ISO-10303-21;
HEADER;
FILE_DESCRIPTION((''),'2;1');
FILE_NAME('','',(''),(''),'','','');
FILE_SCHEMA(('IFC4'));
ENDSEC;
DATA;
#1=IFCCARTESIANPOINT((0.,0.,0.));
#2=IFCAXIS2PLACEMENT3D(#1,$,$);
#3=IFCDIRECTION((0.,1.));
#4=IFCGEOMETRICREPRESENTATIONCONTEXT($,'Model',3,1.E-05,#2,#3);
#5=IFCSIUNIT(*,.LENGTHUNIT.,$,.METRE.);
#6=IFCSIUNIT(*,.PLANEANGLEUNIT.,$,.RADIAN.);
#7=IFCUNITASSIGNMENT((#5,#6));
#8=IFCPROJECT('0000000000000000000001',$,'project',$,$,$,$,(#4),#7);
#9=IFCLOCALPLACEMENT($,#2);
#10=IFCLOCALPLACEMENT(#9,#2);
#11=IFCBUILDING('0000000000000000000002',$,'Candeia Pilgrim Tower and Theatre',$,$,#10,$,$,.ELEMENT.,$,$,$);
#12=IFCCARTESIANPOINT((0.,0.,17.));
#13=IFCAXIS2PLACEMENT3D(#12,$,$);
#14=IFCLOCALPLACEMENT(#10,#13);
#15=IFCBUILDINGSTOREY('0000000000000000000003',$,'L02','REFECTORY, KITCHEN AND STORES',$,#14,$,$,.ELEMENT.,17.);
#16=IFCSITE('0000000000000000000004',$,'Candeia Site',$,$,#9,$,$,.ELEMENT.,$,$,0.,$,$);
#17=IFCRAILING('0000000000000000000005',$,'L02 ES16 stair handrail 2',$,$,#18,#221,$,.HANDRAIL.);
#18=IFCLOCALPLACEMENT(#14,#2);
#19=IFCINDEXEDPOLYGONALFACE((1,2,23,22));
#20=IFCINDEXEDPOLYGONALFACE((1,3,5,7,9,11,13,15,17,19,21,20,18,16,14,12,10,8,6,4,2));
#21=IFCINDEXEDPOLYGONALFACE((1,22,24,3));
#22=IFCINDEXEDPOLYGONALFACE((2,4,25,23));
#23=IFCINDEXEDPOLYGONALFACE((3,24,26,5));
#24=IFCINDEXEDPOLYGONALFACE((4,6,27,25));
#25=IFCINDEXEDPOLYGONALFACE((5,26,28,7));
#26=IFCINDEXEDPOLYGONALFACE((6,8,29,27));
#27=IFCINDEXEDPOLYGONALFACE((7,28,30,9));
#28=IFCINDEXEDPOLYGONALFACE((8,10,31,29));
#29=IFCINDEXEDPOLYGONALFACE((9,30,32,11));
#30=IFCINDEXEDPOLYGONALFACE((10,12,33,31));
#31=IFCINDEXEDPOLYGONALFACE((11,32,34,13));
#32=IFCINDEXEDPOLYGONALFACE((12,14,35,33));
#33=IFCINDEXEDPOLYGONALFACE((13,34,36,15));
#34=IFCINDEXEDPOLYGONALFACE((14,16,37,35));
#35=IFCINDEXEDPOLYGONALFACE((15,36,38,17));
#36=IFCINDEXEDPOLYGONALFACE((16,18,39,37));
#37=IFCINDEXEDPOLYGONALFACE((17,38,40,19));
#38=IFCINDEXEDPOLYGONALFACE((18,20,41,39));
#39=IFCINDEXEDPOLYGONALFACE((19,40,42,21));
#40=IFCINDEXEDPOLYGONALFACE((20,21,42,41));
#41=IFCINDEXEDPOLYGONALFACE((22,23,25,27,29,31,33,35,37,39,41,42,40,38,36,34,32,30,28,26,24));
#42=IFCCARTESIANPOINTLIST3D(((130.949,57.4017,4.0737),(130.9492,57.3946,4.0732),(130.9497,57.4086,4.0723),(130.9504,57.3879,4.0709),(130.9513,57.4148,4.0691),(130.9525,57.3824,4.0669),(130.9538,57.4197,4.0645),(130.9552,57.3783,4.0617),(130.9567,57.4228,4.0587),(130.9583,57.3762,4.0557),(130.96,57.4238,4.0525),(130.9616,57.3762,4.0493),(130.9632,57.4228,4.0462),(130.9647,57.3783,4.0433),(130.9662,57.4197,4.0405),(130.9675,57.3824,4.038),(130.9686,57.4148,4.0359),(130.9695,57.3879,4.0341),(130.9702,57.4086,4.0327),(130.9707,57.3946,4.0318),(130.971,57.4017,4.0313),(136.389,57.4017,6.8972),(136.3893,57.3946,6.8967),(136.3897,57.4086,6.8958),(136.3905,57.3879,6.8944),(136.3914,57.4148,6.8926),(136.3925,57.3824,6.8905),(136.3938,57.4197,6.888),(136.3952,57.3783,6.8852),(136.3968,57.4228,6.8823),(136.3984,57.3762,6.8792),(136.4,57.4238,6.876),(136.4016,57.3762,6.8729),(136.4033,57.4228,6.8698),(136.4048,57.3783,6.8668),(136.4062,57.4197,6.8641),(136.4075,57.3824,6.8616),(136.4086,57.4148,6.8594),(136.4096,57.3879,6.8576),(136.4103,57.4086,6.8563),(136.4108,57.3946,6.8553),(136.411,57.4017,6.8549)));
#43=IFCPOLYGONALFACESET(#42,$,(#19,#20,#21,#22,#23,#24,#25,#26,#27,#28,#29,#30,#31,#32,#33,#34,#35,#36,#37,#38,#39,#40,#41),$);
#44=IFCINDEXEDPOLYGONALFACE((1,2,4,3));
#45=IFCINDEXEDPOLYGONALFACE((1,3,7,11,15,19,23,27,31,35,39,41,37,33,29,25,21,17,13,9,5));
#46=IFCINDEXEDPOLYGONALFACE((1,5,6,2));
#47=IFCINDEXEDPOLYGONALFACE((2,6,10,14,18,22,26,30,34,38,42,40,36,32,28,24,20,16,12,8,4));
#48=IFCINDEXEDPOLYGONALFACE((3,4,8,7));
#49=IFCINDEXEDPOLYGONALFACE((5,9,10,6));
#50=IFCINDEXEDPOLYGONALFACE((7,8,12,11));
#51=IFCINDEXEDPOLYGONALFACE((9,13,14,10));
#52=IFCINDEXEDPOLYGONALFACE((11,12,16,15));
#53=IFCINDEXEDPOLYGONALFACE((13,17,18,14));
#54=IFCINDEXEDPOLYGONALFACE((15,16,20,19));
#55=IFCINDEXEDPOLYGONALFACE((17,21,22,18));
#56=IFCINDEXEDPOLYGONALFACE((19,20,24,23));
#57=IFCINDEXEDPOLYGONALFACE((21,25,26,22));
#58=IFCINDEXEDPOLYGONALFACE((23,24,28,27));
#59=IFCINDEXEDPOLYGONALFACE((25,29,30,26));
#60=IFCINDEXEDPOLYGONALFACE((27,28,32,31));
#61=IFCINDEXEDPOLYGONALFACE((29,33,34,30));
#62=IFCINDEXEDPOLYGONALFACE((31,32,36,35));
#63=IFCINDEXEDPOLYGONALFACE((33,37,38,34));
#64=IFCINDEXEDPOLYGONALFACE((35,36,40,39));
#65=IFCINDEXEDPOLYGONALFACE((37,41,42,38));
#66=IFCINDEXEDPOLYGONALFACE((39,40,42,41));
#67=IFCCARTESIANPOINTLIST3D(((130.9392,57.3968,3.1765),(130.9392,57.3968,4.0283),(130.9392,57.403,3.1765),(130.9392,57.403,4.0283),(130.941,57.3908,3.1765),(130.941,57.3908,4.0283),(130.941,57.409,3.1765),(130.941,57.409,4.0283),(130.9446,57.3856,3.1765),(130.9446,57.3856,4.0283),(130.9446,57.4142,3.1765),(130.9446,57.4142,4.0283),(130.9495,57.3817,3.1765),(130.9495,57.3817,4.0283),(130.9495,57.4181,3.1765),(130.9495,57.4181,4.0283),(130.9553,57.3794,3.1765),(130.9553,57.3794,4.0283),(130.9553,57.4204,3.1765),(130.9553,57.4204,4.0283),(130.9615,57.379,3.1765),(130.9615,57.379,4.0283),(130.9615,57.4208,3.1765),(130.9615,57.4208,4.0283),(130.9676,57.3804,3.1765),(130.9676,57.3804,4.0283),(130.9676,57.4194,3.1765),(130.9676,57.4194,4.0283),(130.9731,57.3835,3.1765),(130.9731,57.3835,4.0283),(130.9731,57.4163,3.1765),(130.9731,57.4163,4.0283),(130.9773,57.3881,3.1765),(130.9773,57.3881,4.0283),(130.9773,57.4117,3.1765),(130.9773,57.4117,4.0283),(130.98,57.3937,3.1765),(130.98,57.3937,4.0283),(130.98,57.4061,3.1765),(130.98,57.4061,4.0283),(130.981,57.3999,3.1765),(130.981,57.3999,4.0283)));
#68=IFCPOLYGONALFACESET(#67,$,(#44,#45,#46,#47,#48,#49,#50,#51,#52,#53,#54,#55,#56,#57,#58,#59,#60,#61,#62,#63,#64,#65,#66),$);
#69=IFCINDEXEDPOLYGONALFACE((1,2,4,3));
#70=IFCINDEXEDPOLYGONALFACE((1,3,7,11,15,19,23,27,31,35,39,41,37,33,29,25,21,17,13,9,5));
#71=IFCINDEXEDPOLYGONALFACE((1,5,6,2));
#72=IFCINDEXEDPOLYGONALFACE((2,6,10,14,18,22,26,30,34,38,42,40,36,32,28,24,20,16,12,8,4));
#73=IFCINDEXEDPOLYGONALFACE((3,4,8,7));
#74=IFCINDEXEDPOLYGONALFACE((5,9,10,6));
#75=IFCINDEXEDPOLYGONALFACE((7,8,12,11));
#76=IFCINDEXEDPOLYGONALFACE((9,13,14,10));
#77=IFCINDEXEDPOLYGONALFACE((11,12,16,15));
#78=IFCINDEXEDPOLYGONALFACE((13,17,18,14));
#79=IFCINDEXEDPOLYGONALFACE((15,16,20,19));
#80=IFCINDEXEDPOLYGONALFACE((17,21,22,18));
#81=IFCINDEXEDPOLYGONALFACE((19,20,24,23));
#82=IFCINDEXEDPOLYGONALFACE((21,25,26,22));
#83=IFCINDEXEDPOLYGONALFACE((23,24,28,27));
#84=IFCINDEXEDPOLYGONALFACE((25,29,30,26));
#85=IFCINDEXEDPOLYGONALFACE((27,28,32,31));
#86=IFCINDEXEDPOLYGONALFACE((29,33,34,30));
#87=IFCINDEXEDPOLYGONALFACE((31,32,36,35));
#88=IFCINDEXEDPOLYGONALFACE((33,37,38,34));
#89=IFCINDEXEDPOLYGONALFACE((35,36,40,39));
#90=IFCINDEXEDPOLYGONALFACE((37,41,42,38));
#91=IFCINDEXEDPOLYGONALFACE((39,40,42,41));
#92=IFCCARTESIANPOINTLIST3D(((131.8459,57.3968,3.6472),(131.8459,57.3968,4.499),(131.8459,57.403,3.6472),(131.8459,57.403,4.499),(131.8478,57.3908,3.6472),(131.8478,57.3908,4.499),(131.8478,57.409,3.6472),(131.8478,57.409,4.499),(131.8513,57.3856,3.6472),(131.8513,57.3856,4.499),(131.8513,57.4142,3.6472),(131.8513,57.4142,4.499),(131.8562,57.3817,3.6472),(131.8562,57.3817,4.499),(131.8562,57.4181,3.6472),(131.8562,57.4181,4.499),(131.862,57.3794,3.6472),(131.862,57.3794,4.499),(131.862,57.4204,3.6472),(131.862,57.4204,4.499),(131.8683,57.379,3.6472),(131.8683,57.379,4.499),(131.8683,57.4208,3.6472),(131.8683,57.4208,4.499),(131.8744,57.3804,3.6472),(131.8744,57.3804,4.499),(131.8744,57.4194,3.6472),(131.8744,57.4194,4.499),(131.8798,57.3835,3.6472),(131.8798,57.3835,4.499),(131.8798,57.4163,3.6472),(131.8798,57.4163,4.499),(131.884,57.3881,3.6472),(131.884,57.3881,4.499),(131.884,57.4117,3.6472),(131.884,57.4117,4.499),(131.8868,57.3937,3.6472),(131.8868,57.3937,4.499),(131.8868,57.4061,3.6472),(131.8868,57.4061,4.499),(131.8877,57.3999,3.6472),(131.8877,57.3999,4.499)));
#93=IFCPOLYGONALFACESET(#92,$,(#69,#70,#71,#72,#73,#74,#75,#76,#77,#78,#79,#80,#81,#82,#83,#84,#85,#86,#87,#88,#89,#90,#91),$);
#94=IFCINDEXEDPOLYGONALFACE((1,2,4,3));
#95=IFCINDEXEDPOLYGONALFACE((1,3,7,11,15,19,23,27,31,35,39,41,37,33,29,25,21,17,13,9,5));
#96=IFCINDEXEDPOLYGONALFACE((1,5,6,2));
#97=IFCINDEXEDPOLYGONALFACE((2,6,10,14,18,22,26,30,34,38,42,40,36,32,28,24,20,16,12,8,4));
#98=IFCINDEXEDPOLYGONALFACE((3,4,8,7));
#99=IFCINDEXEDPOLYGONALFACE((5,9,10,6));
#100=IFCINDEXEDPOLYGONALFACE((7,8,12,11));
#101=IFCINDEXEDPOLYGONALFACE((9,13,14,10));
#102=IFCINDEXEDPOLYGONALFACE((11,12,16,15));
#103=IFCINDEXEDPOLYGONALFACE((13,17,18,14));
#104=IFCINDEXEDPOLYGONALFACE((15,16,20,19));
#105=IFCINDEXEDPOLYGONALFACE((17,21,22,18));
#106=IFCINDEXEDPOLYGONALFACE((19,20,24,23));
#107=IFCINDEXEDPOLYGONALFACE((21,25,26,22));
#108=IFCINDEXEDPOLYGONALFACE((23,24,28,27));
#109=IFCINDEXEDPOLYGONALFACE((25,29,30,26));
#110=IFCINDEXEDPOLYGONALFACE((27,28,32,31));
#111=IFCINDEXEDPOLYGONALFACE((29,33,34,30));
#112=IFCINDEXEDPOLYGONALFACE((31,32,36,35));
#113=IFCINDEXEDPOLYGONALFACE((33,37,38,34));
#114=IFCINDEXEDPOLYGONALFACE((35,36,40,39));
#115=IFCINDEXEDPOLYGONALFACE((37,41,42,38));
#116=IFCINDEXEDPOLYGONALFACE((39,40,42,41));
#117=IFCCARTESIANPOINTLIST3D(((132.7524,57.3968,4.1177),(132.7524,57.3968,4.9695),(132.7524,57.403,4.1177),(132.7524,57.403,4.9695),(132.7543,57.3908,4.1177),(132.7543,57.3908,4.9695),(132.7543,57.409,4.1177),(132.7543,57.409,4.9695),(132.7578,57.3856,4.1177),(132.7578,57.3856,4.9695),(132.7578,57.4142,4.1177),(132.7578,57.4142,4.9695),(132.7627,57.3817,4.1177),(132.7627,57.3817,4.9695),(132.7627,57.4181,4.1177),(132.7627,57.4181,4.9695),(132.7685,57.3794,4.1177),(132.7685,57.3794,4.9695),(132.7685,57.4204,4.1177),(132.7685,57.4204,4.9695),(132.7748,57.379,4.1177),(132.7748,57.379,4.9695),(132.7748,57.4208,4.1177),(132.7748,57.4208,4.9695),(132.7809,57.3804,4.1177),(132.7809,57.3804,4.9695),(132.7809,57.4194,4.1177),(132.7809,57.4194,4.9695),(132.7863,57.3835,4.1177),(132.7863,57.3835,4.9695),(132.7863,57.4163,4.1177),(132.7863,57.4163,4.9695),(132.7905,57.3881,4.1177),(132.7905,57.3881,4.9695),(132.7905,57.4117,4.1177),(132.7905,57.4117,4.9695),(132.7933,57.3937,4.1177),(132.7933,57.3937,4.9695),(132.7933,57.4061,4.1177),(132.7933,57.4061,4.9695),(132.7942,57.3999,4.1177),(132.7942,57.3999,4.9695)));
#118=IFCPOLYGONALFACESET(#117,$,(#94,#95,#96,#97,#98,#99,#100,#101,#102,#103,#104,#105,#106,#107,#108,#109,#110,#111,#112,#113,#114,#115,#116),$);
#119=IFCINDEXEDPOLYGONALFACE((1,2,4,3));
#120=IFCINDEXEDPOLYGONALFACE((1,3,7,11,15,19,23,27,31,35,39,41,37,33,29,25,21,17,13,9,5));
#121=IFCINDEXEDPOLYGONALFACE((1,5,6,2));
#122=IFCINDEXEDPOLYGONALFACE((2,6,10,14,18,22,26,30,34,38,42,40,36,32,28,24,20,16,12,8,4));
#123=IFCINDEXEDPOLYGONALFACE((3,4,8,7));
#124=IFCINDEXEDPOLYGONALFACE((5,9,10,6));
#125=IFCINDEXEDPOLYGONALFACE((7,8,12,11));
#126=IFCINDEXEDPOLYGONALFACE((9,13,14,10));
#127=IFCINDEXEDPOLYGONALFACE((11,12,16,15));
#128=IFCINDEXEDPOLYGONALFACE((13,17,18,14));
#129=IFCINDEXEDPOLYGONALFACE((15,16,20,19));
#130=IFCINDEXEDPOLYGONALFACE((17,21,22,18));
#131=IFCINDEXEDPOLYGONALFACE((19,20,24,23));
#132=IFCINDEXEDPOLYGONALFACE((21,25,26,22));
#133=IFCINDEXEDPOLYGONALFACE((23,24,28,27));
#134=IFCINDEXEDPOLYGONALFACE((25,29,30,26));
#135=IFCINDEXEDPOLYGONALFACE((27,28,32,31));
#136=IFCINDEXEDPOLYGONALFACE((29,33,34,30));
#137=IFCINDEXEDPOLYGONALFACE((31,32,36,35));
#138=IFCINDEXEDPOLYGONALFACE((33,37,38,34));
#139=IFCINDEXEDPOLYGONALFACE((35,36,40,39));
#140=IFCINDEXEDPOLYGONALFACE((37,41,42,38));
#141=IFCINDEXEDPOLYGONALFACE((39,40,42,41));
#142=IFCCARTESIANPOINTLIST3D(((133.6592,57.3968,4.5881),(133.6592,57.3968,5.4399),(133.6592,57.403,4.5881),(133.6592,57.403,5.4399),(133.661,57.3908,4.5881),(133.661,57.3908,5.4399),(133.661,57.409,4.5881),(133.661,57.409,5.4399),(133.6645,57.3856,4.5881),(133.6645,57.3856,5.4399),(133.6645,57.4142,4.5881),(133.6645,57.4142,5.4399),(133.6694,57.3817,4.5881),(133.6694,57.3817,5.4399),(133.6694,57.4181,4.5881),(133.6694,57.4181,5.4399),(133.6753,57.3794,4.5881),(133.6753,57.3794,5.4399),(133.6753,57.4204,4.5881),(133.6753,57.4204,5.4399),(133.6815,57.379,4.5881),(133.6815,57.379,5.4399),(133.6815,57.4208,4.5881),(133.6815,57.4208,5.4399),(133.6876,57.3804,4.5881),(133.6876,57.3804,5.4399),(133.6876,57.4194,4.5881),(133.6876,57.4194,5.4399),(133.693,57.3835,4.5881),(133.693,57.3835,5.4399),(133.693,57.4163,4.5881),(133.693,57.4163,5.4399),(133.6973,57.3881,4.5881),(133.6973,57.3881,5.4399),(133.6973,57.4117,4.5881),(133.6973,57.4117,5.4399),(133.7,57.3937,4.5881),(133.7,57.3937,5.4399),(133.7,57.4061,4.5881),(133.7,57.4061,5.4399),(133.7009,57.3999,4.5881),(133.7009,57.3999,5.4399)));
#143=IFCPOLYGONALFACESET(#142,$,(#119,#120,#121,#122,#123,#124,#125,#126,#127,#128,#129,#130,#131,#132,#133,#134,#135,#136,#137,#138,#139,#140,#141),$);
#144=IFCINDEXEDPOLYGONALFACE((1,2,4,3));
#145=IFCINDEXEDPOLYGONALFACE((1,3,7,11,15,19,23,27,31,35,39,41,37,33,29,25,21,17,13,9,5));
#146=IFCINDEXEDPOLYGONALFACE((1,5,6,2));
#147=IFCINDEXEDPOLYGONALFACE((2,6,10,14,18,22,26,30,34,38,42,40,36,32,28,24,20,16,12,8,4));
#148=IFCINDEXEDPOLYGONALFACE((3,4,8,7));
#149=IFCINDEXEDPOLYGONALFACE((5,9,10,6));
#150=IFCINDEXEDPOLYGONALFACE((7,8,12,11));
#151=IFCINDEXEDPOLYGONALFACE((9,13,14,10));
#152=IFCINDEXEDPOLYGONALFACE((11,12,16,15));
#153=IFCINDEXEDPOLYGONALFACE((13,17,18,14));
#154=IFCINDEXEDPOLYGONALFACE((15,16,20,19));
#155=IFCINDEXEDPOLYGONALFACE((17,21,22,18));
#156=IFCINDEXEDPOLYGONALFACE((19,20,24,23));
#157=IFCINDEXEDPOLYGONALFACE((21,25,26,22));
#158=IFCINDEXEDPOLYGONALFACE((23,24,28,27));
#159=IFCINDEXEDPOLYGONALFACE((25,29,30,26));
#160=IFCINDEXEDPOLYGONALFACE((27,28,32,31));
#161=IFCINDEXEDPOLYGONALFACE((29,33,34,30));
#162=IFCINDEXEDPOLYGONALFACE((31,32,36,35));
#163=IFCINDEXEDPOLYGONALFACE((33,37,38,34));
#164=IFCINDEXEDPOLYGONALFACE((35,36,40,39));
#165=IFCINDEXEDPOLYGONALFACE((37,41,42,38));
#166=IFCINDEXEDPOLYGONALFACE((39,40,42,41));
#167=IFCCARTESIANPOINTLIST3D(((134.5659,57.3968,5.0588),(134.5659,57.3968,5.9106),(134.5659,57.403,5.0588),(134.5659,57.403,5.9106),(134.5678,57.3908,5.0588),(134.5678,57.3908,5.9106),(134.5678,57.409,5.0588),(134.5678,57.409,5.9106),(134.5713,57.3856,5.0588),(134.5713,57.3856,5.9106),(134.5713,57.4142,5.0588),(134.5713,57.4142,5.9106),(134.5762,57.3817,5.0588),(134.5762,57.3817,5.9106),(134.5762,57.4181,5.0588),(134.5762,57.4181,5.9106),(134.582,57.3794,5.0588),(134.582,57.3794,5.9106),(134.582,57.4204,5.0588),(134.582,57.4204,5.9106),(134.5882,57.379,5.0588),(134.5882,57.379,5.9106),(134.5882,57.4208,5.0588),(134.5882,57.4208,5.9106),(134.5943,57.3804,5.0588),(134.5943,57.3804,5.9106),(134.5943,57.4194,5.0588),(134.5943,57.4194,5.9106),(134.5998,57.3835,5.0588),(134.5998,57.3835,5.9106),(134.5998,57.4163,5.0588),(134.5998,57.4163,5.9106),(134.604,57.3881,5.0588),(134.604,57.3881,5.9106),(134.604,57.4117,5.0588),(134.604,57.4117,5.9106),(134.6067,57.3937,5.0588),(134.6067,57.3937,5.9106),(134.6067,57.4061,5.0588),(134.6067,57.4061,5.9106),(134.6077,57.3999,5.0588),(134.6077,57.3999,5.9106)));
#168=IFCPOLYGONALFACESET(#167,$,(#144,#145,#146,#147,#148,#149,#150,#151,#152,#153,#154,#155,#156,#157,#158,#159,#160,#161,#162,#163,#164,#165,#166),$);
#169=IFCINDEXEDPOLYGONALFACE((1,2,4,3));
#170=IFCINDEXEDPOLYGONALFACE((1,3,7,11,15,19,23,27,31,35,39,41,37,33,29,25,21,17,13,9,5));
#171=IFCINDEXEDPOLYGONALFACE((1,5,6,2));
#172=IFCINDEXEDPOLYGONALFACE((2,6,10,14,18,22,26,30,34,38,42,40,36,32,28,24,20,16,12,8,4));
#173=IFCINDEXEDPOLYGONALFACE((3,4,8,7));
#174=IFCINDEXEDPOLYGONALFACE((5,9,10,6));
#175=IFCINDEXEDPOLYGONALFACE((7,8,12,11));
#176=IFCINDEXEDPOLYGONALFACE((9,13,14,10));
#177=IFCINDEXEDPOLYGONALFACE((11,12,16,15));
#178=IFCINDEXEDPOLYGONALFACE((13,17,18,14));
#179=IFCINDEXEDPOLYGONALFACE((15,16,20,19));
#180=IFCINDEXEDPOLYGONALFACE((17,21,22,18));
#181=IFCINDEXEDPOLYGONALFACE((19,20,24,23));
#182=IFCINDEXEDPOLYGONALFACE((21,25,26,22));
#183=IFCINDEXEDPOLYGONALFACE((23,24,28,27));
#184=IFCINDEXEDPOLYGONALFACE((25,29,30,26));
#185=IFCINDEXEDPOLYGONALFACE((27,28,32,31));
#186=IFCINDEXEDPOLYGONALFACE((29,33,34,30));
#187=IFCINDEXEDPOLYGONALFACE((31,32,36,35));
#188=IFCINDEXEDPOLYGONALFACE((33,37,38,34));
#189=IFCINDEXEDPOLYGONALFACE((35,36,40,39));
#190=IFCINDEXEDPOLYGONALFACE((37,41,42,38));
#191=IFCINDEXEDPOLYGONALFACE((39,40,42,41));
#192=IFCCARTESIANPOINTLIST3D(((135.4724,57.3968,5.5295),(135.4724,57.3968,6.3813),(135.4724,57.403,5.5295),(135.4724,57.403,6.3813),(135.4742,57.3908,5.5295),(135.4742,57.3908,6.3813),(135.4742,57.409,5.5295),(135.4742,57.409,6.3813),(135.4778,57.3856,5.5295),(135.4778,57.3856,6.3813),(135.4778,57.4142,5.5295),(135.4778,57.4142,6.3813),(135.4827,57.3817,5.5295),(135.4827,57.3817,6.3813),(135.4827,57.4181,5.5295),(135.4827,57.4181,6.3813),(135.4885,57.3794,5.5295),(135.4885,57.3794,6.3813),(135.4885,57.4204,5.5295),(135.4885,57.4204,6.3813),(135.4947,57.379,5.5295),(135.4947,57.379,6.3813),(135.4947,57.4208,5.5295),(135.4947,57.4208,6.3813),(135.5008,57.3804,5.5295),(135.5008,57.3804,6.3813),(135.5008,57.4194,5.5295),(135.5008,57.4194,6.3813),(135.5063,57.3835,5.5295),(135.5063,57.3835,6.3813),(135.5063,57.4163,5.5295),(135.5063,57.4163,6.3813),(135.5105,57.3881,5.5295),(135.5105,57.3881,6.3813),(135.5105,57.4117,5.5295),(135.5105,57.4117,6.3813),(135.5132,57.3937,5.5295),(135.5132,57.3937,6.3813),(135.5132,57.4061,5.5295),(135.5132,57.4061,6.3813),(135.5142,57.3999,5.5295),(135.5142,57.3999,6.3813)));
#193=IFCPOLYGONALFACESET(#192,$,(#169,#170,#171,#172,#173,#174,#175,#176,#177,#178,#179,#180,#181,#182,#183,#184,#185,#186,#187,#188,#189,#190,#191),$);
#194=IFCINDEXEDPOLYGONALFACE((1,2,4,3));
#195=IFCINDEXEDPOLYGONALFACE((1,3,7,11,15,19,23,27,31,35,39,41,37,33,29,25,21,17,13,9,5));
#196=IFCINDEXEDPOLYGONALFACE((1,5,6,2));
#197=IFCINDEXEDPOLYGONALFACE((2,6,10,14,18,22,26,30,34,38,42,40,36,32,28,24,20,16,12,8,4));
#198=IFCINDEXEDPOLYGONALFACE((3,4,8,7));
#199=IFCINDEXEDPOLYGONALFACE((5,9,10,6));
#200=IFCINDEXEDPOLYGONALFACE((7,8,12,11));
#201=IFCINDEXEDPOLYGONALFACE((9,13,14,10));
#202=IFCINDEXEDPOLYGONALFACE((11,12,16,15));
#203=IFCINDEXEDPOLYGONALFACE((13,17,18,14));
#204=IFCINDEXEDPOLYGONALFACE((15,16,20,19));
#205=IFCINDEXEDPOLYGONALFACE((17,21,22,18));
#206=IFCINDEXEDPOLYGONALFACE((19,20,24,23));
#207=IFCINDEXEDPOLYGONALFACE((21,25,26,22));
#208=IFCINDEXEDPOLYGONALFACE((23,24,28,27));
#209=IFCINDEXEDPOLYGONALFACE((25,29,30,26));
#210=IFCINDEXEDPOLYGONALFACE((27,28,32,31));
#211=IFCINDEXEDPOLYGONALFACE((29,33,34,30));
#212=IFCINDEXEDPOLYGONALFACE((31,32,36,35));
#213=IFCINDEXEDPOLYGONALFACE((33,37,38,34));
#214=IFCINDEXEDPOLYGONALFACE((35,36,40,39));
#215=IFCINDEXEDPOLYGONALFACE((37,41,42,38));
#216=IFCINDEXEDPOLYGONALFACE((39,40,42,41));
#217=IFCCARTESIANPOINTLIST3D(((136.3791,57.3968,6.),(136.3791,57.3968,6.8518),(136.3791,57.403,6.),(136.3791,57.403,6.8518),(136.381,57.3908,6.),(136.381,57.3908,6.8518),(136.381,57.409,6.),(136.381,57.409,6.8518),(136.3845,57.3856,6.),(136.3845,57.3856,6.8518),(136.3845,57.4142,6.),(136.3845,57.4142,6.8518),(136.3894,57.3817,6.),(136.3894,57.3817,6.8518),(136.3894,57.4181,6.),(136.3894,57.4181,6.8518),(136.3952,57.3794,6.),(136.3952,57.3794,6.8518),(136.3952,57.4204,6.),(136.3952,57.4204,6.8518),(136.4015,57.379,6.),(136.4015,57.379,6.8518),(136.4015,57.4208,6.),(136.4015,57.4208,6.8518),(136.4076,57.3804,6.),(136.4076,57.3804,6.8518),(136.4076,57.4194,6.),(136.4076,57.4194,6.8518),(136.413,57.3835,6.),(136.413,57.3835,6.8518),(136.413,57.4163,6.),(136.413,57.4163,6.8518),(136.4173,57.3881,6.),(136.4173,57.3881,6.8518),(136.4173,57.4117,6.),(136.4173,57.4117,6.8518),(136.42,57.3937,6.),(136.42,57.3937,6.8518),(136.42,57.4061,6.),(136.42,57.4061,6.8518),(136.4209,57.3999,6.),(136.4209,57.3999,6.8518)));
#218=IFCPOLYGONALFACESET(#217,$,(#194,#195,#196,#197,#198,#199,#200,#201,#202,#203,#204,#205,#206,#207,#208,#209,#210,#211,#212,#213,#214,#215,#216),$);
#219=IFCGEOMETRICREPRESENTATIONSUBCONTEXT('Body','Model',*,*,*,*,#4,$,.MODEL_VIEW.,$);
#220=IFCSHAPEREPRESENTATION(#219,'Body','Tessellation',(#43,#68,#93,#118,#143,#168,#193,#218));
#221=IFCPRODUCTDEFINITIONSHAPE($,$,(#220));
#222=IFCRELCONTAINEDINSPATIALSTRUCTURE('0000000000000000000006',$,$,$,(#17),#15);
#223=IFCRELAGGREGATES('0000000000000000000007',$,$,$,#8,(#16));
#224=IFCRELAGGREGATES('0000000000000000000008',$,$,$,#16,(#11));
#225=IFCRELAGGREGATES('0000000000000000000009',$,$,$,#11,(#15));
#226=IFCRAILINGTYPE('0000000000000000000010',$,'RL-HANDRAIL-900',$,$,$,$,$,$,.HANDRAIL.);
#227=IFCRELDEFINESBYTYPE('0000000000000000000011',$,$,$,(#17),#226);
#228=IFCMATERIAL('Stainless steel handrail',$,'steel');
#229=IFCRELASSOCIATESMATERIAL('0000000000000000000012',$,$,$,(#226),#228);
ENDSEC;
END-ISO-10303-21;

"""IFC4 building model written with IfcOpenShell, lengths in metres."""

from ifc_helpers import new_model, si_unit, direction, frame, origin, origin_2d, place, context, subcontext, project, spatial, circle, extrude, material, type_object, element, save


model = new_model("IFC4")

# Units and contexts
model_context = context("Model", 3, precision=1e-05, world=origin(), true_north=direction((0.0, 1.0)))
body_context = subcontext(model_context, "Body", "Model", "MODEL_VIEW")
ifc_project = project(units=[si_unit("LENGTHUNIT", "METRE"), si_unit("PLANEANGLEUNIT", "RADIAN")], contexts=[model_context])

# Site, building, storey
site_placement = place(None, origin())
site = spatial("IfcSite", under=ifc_project, at=site_placement, Name="Candeia Site", CompositionType="ELEMENT", RefElevation=0.0)
building_placement = place(site_placement, origin())
building = spatial("IfcBuilding", under=site, at=building_placement, Name="Candeia Pilgrim Tower and Theatre", CompositionType="ELEMENT")
storey_placement = place(building_placement, frame((0.0, 0.0, 17.0)))
storey = spatial("IfcBuildingStorey", under=building, at=storey_placement, Name="L02", Description="REFECTORY, KITCHEN AND STORES", CompositionType="ELEMENT", Elevation=17.0)

# Railing
ifc_material_1 = material(Name="Stainless steel handrail", Category="steel")
railing_type_1 = type_object("IfcRailingType", Name="RL-HANDRAIL-900", PredefinedType="HANDRAIL", material=ifc_material_1)
railing_1_placement = place(storey_placement, frame((130.96, 57.3999, 3.1765)))
element("IfcRailing", 1, at=railing_1_placement, inside=storey, type_object=railing_type_1, Name="L02 ES16 stair handrail 2", PredefinedType="HANDRAIL", context=body_context, shape_type="SweptSolid", body=[
    extrude(circle(Radius=0.0239, at=origin_2d()), frame((0.0, 0.0, 0.876), z_axis=(0.887569, 0.0, 0.460674), x_axis=(0.0, 1.0, 0.0)), (0.0, 0.0, 1.0), 6.1292),
    extrude(circle(Radius=0.021, at=origin_2d()), origin(), (0.0, 0.0, 1.0), 0.8518),
    extrude(circle(Radius=0.021, at=origin_2d()), frame((0.9067, 0.0, 0.4707)), (0.0, 0.0, 1.0), 0.8518),
    extrude(circle(Radius=0.021, at=origin_2d()), frame((1.8132, 0.0, 0.9412)), (0.0, 0.0, 1.0), 0.8518),
    extrude(circle(Radius=0.021, at=origin_2d()), frame((2.72, 0.0, 1.4116)), (0.0, 0.0, 1.0), 0.8518),
    extrude(circle(Radius=0.021, at=origin_2d()), frame((3.6267, 0.0, 1.8823)), (0.0, 0.0, 1.0), 0.8518),
    extrude(circle(Radius=0.021, at=origin_2d()), frame((4.5332, 0.0, 2.353)), (0.0, 0.0, 1.0), 0.8518),
    extrude(circle(Radius=0.021, at=origin_2d()), frame((5.4399, 0.0, 2.8235)), (0.0, 0.0, 1.0), 0.8518),
])

save(model, "model.ifc")
